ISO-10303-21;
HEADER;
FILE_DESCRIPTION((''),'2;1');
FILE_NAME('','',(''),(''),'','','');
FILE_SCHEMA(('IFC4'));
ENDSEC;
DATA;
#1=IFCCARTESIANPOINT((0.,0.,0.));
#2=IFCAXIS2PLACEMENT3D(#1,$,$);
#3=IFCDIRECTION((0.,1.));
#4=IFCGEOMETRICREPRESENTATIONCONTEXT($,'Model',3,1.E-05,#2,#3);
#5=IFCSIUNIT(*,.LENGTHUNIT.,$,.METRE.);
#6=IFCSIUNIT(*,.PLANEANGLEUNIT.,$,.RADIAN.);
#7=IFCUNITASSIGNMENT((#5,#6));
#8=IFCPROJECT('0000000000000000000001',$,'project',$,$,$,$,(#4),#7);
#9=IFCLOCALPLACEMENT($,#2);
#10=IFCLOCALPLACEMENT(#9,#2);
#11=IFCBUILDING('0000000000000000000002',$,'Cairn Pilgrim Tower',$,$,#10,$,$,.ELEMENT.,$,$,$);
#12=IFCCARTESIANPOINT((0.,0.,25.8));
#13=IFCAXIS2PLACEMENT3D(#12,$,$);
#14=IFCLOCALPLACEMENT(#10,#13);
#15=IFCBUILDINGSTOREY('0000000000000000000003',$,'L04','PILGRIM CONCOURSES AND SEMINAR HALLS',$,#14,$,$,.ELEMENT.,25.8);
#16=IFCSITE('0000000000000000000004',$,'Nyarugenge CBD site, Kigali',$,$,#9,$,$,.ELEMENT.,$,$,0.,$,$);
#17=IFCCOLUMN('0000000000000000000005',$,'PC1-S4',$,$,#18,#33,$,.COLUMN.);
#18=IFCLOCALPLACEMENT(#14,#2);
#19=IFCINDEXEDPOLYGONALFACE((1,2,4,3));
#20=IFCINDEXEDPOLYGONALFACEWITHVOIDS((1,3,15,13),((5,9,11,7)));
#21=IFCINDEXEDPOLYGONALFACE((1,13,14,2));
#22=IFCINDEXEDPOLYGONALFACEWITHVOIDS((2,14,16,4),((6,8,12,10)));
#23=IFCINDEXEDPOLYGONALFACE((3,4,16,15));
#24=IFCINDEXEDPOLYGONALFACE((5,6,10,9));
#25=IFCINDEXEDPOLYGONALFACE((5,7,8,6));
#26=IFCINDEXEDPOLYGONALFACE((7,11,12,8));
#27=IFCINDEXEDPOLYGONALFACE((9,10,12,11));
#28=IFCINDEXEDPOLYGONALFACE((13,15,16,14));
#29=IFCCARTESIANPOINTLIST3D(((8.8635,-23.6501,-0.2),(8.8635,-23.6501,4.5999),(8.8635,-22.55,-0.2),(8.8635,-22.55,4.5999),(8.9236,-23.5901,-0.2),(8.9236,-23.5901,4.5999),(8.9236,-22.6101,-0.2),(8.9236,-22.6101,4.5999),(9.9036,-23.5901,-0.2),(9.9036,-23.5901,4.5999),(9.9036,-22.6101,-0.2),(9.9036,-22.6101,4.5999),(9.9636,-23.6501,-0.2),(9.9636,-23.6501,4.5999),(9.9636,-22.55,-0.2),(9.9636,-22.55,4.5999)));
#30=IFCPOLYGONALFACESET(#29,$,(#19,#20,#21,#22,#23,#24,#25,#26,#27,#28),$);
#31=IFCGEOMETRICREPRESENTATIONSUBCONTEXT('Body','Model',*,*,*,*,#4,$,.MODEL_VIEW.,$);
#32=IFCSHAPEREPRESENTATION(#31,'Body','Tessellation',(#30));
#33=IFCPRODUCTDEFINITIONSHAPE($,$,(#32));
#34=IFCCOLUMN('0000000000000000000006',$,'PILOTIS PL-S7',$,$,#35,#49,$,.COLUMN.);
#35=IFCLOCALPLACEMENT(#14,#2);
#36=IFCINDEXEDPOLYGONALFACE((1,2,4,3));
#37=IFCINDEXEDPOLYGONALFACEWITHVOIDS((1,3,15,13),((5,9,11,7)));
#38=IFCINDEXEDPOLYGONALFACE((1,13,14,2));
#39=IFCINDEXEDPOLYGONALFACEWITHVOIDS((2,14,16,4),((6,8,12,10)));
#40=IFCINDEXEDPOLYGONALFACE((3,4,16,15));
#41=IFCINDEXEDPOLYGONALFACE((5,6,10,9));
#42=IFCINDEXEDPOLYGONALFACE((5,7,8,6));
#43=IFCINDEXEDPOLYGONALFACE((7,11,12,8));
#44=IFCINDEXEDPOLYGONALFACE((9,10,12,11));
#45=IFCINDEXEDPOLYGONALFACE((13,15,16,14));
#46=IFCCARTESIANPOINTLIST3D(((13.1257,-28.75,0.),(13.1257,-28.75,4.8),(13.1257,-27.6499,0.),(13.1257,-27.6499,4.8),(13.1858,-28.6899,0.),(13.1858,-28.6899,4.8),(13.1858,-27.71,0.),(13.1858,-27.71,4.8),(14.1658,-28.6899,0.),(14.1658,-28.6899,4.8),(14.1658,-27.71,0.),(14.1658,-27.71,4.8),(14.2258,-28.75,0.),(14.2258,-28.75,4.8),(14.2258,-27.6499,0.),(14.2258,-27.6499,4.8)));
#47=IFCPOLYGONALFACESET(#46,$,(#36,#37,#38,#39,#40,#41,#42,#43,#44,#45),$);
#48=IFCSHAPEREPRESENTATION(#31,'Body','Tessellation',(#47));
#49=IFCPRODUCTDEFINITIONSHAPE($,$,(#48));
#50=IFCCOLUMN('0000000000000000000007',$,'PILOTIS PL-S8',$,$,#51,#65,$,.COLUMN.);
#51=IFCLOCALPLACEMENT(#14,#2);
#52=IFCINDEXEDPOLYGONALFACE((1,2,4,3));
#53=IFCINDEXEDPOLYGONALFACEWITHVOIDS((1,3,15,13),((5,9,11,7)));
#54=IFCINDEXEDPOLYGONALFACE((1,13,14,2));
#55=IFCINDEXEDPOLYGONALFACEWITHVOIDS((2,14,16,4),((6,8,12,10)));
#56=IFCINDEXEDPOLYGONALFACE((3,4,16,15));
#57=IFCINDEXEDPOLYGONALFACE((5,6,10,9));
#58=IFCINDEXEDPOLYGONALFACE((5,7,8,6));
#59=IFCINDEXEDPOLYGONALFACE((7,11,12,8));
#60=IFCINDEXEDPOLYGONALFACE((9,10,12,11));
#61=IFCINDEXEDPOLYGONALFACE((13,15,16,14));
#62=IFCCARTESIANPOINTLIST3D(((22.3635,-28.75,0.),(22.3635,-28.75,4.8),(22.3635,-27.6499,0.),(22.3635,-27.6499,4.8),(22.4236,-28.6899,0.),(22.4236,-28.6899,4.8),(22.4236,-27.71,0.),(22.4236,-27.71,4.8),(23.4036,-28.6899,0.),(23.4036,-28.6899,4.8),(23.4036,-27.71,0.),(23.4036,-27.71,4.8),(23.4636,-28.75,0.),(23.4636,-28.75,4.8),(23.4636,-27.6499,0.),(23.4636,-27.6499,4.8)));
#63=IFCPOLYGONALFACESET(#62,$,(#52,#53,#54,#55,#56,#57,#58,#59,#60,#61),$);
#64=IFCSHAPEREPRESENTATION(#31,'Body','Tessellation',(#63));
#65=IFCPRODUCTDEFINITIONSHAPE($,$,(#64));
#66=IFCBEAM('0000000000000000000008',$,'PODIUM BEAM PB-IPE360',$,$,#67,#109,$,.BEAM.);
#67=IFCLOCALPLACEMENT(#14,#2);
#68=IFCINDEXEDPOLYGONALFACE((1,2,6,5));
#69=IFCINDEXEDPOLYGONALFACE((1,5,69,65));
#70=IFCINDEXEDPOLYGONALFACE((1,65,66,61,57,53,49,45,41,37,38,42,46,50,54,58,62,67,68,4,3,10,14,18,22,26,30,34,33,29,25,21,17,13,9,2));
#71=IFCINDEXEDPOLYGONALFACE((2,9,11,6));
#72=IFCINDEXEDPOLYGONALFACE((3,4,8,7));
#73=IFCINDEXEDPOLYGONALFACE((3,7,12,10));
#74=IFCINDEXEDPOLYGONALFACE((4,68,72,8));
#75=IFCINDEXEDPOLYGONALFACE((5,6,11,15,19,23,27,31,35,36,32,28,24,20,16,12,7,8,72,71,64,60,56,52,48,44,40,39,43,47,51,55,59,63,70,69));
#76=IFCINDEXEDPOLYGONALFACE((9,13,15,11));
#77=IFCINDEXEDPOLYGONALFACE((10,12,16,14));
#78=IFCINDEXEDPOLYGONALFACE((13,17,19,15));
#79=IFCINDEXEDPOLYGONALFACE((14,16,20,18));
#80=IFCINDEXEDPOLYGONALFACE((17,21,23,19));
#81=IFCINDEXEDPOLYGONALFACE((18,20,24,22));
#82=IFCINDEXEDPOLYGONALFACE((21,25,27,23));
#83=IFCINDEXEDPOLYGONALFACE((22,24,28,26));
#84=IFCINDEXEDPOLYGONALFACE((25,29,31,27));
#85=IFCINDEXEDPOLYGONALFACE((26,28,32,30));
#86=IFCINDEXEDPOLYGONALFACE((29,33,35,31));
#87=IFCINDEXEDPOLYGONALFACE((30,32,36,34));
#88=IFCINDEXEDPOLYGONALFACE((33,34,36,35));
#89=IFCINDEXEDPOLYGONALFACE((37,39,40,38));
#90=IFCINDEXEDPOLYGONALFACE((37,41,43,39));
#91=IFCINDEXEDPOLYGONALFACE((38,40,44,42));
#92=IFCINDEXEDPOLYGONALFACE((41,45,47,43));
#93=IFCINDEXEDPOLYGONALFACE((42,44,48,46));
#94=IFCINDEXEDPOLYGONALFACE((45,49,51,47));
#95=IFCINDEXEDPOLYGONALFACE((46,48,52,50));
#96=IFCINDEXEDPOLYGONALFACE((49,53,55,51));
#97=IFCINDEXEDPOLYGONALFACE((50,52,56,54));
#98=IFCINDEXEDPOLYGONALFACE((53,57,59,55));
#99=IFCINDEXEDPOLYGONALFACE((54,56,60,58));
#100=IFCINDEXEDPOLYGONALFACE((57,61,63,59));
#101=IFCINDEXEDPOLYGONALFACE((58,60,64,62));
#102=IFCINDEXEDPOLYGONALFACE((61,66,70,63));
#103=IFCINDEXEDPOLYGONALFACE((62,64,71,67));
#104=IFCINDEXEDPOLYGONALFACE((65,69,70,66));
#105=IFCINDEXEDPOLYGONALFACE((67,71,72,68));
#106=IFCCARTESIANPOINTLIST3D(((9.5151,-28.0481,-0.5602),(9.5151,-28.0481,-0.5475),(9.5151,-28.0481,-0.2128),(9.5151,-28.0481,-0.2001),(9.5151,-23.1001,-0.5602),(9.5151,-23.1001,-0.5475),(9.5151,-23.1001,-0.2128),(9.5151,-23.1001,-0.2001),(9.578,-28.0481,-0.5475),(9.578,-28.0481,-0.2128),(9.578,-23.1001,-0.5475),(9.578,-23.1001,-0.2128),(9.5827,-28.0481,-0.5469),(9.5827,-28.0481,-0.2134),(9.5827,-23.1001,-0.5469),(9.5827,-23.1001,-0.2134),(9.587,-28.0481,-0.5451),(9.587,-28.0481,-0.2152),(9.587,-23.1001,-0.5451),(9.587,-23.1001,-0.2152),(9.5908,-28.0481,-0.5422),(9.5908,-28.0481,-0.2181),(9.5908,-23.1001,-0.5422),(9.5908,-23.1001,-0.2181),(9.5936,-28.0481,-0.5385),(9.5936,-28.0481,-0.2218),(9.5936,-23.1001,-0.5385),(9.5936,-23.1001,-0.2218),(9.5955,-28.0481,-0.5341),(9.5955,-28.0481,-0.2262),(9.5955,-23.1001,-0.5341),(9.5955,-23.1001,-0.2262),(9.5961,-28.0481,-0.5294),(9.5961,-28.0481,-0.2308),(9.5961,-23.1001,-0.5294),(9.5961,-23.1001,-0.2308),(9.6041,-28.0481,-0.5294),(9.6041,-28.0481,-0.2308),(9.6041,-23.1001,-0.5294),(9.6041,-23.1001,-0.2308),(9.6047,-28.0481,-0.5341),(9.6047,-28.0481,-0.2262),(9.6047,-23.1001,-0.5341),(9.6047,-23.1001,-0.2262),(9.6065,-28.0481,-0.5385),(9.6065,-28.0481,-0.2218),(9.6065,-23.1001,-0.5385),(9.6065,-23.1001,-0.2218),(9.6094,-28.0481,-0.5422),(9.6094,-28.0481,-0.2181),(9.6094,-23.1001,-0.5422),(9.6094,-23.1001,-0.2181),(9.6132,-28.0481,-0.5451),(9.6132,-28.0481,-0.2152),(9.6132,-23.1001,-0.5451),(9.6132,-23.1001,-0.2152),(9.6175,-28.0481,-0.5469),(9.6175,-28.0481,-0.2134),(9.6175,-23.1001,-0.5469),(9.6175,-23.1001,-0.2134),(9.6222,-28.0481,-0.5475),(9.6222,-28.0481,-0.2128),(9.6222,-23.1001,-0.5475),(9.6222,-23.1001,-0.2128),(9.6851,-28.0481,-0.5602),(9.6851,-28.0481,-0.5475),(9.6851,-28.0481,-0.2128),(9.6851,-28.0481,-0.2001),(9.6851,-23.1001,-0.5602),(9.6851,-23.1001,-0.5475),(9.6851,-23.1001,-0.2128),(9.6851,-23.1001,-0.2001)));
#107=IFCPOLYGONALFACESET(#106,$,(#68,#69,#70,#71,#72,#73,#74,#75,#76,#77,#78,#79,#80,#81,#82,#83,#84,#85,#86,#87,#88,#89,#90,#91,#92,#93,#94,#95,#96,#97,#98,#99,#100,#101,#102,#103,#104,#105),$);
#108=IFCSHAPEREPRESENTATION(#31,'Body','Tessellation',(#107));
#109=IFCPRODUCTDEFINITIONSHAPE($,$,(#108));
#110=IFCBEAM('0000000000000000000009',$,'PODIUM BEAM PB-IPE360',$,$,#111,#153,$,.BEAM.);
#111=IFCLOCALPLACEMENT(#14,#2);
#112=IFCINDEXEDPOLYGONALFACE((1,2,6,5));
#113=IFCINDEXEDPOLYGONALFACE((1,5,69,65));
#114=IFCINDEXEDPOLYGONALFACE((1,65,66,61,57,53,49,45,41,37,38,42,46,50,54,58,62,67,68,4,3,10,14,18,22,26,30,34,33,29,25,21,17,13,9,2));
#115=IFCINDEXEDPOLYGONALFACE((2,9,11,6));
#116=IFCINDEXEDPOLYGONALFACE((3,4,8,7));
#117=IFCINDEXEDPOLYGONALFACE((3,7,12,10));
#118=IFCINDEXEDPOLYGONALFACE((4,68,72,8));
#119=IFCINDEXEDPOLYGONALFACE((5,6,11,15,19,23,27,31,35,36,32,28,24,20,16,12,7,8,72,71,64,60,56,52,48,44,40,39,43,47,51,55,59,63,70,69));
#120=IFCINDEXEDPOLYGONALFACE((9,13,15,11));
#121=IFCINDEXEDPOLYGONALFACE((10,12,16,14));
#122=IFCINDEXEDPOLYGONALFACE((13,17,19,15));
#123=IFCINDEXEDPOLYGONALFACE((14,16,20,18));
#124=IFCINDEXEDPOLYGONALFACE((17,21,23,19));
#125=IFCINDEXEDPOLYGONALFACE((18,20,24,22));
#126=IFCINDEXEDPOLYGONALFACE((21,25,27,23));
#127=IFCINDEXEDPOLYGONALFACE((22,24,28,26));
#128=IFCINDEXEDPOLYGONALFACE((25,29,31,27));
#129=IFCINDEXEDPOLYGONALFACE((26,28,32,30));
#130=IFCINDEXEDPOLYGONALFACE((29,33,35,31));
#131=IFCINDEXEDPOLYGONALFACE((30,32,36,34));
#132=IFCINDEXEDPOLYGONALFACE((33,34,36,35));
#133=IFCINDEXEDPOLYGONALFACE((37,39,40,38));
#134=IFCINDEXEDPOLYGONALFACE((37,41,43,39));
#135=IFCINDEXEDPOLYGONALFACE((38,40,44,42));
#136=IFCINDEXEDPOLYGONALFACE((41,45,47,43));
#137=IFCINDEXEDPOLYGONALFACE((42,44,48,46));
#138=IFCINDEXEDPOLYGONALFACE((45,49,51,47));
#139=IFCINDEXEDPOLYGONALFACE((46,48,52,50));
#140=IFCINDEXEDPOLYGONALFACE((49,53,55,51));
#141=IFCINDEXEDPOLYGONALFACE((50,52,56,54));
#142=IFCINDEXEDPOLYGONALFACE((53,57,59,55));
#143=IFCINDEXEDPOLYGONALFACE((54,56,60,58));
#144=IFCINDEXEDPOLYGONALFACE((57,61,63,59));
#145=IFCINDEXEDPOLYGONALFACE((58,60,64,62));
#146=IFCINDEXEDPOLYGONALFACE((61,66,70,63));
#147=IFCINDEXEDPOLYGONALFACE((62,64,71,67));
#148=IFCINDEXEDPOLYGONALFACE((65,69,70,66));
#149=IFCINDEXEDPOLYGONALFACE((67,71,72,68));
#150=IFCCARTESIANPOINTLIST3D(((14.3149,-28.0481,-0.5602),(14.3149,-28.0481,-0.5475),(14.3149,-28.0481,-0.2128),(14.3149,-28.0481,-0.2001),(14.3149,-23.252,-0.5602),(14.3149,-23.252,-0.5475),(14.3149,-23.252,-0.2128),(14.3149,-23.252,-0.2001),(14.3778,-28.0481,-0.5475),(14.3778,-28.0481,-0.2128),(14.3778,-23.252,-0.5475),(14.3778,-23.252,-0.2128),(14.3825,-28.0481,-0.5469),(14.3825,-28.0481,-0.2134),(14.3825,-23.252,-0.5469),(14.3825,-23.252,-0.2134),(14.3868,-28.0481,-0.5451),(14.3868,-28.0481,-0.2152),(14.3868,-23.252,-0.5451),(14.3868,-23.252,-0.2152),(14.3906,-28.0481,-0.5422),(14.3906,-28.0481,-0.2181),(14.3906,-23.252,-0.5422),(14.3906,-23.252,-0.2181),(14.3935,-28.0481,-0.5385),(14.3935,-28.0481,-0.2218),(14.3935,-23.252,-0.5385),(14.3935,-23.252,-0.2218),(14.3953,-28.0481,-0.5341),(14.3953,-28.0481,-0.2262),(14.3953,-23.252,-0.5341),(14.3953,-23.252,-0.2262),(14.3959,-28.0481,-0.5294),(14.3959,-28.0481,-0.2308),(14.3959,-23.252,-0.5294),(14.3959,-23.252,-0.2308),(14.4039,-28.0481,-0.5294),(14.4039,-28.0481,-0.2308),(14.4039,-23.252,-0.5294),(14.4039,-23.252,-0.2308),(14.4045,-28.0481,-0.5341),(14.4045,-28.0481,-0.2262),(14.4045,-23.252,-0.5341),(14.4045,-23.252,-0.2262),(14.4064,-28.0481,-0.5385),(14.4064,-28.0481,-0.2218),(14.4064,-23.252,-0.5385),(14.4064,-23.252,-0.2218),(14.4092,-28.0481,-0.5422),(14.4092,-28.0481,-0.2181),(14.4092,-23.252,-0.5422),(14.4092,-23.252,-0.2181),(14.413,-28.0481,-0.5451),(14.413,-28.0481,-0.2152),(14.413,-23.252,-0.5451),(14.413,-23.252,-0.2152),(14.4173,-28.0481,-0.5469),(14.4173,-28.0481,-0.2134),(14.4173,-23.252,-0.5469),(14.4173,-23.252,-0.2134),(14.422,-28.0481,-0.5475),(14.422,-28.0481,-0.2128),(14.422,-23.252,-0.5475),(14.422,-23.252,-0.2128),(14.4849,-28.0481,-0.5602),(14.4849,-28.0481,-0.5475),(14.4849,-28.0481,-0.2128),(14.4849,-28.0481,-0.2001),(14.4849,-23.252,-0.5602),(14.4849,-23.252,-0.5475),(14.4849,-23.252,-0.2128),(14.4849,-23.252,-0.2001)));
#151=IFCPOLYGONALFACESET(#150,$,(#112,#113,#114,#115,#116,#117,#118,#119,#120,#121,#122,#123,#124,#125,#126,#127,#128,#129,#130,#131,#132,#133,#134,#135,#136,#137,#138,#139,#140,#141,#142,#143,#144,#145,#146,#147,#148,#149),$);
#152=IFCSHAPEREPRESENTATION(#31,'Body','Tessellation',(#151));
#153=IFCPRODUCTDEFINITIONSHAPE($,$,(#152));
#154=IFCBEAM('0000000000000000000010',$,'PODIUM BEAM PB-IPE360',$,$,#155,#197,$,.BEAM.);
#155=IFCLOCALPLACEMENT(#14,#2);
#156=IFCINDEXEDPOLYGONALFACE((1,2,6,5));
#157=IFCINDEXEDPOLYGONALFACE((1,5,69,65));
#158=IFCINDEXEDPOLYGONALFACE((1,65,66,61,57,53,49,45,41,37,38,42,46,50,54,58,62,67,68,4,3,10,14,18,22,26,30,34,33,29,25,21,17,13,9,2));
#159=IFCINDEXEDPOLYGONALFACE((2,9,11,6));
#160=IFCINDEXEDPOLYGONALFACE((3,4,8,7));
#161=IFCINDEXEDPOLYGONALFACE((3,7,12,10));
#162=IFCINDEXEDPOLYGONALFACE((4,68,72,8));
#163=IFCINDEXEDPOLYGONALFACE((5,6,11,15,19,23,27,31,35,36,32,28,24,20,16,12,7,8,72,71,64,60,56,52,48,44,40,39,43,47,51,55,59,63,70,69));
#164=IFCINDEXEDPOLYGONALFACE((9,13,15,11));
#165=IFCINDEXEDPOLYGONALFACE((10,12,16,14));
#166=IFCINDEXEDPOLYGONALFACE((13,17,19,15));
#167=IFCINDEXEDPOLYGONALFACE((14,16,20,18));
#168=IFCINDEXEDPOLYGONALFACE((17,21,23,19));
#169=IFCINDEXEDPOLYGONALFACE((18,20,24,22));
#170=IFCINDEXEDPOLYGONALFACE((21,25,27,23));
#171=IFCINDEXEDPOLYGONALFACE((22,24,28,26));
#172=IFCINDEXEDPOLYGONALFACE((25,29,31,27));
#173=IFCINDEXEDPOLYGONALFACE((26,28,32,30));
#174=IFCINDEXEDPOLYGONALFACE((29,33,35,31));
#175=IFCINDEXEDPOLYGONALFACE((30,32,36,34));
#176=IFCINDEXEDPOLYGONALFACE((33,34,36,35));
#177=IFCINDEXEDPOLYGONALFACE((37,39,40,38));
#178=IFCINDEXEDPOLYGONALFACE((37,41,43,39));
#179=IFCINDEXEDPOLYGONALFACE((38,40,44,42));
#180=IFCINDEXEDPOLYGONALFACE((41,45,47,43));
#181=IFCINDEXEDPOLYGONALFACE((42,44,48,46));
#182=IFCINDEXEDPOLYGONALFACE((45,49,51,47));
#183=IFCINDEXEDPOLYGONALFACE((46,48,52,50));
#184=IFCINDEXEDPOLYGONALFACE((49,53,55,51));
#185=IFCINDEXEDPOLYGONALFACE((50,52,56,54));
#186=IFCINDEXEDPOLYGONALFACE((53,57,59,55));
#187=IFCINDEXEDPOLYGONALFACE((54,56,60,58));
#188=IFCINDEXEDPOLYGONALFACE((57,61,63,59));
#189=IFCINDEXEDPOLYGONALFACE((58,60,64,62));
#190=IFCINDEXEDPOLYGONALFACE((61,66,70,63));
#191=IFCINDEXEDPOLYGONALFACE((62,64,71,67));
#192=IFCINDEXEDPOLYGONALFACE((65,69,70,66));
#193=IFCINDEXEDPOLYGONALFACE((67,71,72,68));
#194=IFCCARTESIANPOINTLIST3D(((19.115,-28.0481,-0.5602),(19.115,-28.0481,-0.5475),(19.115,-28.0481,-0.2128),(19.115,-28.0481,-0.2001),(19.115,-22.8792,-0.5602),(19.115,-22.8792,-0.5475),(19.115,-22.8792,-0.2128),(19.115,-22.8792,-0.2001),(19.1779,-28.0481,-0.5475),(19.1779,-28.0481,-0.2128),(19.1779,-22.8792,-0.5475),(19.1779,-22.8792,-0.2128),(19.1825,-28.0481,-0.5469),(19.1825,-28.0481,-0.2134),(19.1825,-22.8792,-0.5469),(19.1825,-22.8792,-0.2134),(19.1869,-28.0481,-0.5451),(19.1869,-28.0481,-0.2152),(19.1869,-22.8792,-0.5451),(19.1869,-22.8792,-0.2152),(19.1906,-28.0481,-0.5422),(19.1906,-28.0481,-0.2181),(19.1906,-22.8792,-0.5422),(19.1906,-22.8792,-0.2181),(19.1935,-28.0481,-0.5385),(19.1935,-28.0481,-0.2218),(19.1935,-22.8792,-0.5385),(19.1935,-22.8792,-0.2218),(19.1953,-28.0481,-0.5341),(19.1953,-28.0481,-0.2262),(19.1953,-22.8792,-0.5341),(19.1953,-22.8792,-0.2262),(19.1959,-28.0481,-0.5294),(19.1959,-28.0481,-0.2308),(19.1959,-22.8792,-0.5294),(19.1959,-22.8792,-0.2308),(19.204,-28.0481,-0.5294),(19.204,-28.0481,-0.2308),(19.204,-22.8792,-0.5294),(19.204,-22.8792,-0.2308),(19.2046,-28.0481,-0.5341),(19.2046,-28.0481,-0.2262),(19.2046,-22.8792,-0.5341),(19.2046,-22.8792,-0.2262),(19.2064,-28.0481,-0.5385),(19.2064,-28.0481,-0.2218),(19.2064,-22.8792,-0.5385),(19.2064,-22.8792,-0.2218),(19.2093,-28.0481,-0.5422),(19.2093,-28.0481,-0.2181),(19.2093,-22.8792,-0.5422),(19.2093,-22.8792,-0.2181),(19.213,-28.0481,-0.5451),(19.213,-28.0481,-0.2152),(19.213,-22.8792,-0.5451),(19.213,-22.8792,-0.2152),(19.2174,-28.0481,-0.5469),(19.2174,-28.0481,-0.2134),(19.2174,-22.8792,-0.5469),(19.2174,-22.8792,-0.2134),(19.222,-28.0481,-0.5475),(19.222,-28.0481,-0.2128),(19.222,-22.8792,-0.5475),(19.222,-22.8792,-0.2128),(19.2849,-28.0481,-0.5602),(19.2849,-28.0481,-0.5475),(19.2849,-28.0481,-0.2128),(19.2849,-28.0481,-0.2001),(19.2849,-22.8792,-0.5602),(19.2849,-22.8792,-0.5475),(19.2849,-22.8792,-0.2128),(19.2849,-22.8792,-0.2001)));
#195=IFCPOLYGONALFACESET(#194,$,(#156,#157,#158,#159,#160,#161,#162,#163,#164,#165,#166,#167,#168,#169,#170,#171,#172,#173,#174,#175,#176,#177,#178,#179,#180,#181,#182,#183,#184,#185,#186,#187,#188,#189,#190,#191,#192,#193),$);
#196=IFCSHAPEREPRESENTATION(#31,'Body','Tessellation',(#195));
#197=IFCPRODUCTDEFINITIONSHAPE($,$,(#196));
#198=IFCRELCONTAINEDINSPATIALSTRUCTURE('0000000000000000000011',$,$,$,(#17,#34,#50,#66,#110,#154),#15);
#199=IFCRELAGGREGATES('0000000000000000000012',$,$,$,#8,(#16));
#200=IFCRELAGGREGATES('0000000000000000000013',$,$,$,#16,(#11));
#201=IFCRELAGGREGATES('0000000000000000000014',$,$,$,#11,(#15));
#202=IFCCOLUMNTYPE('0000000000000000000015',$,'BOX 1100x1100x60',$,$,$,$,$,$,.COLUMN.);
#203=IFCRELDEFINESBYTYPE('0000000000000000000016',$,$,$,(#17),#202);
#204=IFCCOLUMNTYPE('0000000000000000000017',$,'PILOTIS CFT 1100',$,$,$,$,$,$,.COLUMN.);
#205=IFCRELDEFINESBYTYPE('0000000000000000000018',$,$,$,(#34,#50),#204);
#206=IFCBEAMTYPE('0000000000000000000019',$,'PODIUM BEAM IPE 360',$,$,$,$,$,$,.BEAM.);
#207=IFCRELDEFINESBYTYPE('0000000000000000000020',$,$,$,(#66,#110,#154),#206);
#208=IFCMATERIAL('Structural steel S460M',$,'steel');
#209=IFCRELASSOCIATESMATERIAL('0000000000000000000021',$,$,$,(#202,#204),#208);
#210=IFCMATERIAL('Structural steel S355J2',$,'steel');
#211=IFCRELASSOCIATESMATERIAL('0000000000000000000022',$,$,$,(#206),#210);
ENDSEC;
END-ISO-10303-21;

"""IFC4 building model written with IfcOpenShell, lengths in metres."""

from ifc_helpers import new_model, si_unit, direction, frame, origin, origin_2d, place, context, subcontext, project, spatial, hollow_rectangle, i_section, extrude, material, material_profile, profile_set, type_object, element, save


model = new_model("IFC4")

# Units and contexts
model_context = context("Model", 3, precision=1e-05, world=origin(), true_north=direction((0.0, 1.0)))
body_context = subcontext(model_context, "Body", "Model", "MODEL_VIEW")
ifc_project = project(units=[si_unit("LENGTHUNIT", "METRE"), si_unit("PLANEANGLEUNIT", "RADIAN")], contexts=[model_context])

# Site, building, storey
site_placement = place(None, origin())
site = spatial("IfcSite", under=ifc_project, at=site_placement, Name="Nyarugenge CBD site, Kigali", CompositionType="ELEMENT", RefElevation=0.0)
building_placement = place(site_placement, origin())
building = spatial("IfcBuilding", under=site, at=building_placement, Name="Cairn Pilgrim Tower", CompositionType="ELEMENT")
storey_placement = place(building_placement, frame((0.0, 0.0, 25.8)))
storey = spatial("IfcBuildingStorey", under=building, at=storey_placement, Name="L04", Description="PILGRIM CONCOURSES AND SEMINAR HALLS", CompositionType="ELEMENT", Elevation=25.8)

# Columns
ifc_material_1 = material(Name="Structural steel S460M", Category="steel")
ifc_material_profile_1 = material_profile(ifc_material_1, hollow_rectangle(XDim=1.1001, YDim=1.1001, WallThickness=0.0601, at=origin_2d()), Name="BOX 1100x1100x60")
ifc_profile_set_1 = profile_set([ifc_material_profile_1], Name="Structural steel S460M")
column_type_1 = type_object("IfcColumnType", Name="BOX 1100x1100x60", PredefinedType="COLUMN", material=ifc_profile_set_1)
column_placement = place(storey_placement, frame((9.4136, -23.1001, -0.2), z_axis=(0.0, 0.0, 1.0), x_axis=(1.0, 0.0, 0.0)))
element("IfcColumn", 1, at=column_placement, inside=storey, type_object=column_type_1, Name="PC1-S4", PredefinedType="COLUMN", context=body_context, shape_type="SweptSolid", body=[
    extrude(hollow_rectangle(XDim=1.1001, YDim=1.1001, WallThickness=0.0601, at=origin_2d()), origin(), (0.0, 0.0, 1.0), 4.7998),
])
ifc_material_profile_2 = material_profile(ifc_material_1, hollow_rectangle(XDim=1.1001, YDim=1.1001, WallThickness=0.0601, at=origin_2d()), Name="BOX 1100x1100x60")
ifc_profile_set_2 = profile_set([ifc_material_profile_2], Name="Structural steel S460M")
column_type_2 = type_object("IfcColumnType", Name="PILOTIS CFT 1100", PredefinedType="COLUMN", material=ifc_profile_set_2)
for number, where, z_axis, x_axis, name in (
    (2, (13.6758, -28.2, 0.0), (0.0, 0.0, 1.0), (1.0, 0.0, 0.0), "PILOTIS PL-S7"),
    (3, (22.9136, -28.2, 0.0), (0.0, 0.0, 1.0), (1.0, 0.0, 0.0), "PILOTIS PL-S8"),
):
    element("IfcColumn", number, at=place(storey_placement, frame(where, z_axis=z_axis, x_axis=x_axis)), inside=storey, type_object=column_type_2, Name=name, PredefinedType="COLUMN", context=body_context, shape_type="SweptSolid", body=[
        extrude(hollow_rectangle(XDim=1.1001, YDim=1.1001, WallThickness=0.0601, at=origin_2d()), origin(), (0.0, 0.0, 1.0), 4.8),
    ])

# Beams
ifc_material_2 = material(Name="Structural steel S355J2", Category="steel")
ifc_material_profile_3 = material_profile(ifc_material_2, i_section(OverallWidth=0.1699, OverallDepth=0.3601, WebThickness=0.0081, FlangeThickness=0.0127, FilletRadius=0.0181, at=origin_2d()), Name="IPE 360")
ifc_profile_set_3 = profile_set([ifc_material_profile_3], Name="Structural steel S355J2")
beam_type_1 = type_object("IfcBeamType", Name="PODIUM BEAM IPE 360", PredefinedType="BEAM", material=ifc_profile_set_3)
beam_1_placement = place(storey_placement, frame((9.6001, -28.0481, -0.3801), z_axis=(0.0, 1.0, 0.0), x_axis=(-1.0, 0.0, 0.0)))
element("IfcBeam", 4, at=beam_1_placement, inside=storey, type_object=beam_type_1, Name="PODIUM BEAM PB-IPE360", PredefinedType="BEAM", context=body_context, shape_type="SweptSolid", body=[
    extrude(i_section(OverallWidth=0.1699, OverallDepth=0.3601, WebThickness=0.0081, FlangeThickness=0.0127, FilletRadius=0.0181, at=origin_2d()), origin(), (0.0, 0.0, 1.0), 4.948),
])
beam_2_placement = place(storey_placement, frame((14.3999, -28.0481, -0.3801), z_axis=(0.0, 1.0, 0.0), x_axis=(-1.0, 0.0, 0.0)))
element("IfcBeam", 5, at=beam_2_placement, inside=storey, type_object=beam_type_1, Name="PODIUM BEAM PB-IPE360", PredefinedType="BEAM", context=body_context, shape_type="SweptSolid", body=[
    extrude(i_section(OverallWidth=0.1699, OverallDepth=0.3601, WebThickness=0.0081, FlangeThickness=0.0127, FilletRadius=0.0181, at=origin_2d()), origin(), (0.0, 0.0, 1.0), 4.7961),
])
beam_3_placement = place(storey_placement, frame((19.2, -28.0481, -0.3801), z_axis=(0.0, 1.0, 0.0), x_axis=(-1.0, 0.0, 0.0)))
element("IfcBeam", 6, at=beam_3_placement, inside=storey, type_object=beam_type_1, Name="PODIUM BEAM PB-IPE360", PredefinedType="BEAM", context=body_context, shape_type="SweptSolid", body=[
    extrude(i_section(OverallWidth=0.1699, OverallDepth=0.3601, WebThickness=0.0081, FlangeThickness=0.0127, FilletRadius=0.0181, at=origin_2d()), origin(), (0.0, 0.0, 1.0), 5.1689),
])

save(model, "model.ifc")
